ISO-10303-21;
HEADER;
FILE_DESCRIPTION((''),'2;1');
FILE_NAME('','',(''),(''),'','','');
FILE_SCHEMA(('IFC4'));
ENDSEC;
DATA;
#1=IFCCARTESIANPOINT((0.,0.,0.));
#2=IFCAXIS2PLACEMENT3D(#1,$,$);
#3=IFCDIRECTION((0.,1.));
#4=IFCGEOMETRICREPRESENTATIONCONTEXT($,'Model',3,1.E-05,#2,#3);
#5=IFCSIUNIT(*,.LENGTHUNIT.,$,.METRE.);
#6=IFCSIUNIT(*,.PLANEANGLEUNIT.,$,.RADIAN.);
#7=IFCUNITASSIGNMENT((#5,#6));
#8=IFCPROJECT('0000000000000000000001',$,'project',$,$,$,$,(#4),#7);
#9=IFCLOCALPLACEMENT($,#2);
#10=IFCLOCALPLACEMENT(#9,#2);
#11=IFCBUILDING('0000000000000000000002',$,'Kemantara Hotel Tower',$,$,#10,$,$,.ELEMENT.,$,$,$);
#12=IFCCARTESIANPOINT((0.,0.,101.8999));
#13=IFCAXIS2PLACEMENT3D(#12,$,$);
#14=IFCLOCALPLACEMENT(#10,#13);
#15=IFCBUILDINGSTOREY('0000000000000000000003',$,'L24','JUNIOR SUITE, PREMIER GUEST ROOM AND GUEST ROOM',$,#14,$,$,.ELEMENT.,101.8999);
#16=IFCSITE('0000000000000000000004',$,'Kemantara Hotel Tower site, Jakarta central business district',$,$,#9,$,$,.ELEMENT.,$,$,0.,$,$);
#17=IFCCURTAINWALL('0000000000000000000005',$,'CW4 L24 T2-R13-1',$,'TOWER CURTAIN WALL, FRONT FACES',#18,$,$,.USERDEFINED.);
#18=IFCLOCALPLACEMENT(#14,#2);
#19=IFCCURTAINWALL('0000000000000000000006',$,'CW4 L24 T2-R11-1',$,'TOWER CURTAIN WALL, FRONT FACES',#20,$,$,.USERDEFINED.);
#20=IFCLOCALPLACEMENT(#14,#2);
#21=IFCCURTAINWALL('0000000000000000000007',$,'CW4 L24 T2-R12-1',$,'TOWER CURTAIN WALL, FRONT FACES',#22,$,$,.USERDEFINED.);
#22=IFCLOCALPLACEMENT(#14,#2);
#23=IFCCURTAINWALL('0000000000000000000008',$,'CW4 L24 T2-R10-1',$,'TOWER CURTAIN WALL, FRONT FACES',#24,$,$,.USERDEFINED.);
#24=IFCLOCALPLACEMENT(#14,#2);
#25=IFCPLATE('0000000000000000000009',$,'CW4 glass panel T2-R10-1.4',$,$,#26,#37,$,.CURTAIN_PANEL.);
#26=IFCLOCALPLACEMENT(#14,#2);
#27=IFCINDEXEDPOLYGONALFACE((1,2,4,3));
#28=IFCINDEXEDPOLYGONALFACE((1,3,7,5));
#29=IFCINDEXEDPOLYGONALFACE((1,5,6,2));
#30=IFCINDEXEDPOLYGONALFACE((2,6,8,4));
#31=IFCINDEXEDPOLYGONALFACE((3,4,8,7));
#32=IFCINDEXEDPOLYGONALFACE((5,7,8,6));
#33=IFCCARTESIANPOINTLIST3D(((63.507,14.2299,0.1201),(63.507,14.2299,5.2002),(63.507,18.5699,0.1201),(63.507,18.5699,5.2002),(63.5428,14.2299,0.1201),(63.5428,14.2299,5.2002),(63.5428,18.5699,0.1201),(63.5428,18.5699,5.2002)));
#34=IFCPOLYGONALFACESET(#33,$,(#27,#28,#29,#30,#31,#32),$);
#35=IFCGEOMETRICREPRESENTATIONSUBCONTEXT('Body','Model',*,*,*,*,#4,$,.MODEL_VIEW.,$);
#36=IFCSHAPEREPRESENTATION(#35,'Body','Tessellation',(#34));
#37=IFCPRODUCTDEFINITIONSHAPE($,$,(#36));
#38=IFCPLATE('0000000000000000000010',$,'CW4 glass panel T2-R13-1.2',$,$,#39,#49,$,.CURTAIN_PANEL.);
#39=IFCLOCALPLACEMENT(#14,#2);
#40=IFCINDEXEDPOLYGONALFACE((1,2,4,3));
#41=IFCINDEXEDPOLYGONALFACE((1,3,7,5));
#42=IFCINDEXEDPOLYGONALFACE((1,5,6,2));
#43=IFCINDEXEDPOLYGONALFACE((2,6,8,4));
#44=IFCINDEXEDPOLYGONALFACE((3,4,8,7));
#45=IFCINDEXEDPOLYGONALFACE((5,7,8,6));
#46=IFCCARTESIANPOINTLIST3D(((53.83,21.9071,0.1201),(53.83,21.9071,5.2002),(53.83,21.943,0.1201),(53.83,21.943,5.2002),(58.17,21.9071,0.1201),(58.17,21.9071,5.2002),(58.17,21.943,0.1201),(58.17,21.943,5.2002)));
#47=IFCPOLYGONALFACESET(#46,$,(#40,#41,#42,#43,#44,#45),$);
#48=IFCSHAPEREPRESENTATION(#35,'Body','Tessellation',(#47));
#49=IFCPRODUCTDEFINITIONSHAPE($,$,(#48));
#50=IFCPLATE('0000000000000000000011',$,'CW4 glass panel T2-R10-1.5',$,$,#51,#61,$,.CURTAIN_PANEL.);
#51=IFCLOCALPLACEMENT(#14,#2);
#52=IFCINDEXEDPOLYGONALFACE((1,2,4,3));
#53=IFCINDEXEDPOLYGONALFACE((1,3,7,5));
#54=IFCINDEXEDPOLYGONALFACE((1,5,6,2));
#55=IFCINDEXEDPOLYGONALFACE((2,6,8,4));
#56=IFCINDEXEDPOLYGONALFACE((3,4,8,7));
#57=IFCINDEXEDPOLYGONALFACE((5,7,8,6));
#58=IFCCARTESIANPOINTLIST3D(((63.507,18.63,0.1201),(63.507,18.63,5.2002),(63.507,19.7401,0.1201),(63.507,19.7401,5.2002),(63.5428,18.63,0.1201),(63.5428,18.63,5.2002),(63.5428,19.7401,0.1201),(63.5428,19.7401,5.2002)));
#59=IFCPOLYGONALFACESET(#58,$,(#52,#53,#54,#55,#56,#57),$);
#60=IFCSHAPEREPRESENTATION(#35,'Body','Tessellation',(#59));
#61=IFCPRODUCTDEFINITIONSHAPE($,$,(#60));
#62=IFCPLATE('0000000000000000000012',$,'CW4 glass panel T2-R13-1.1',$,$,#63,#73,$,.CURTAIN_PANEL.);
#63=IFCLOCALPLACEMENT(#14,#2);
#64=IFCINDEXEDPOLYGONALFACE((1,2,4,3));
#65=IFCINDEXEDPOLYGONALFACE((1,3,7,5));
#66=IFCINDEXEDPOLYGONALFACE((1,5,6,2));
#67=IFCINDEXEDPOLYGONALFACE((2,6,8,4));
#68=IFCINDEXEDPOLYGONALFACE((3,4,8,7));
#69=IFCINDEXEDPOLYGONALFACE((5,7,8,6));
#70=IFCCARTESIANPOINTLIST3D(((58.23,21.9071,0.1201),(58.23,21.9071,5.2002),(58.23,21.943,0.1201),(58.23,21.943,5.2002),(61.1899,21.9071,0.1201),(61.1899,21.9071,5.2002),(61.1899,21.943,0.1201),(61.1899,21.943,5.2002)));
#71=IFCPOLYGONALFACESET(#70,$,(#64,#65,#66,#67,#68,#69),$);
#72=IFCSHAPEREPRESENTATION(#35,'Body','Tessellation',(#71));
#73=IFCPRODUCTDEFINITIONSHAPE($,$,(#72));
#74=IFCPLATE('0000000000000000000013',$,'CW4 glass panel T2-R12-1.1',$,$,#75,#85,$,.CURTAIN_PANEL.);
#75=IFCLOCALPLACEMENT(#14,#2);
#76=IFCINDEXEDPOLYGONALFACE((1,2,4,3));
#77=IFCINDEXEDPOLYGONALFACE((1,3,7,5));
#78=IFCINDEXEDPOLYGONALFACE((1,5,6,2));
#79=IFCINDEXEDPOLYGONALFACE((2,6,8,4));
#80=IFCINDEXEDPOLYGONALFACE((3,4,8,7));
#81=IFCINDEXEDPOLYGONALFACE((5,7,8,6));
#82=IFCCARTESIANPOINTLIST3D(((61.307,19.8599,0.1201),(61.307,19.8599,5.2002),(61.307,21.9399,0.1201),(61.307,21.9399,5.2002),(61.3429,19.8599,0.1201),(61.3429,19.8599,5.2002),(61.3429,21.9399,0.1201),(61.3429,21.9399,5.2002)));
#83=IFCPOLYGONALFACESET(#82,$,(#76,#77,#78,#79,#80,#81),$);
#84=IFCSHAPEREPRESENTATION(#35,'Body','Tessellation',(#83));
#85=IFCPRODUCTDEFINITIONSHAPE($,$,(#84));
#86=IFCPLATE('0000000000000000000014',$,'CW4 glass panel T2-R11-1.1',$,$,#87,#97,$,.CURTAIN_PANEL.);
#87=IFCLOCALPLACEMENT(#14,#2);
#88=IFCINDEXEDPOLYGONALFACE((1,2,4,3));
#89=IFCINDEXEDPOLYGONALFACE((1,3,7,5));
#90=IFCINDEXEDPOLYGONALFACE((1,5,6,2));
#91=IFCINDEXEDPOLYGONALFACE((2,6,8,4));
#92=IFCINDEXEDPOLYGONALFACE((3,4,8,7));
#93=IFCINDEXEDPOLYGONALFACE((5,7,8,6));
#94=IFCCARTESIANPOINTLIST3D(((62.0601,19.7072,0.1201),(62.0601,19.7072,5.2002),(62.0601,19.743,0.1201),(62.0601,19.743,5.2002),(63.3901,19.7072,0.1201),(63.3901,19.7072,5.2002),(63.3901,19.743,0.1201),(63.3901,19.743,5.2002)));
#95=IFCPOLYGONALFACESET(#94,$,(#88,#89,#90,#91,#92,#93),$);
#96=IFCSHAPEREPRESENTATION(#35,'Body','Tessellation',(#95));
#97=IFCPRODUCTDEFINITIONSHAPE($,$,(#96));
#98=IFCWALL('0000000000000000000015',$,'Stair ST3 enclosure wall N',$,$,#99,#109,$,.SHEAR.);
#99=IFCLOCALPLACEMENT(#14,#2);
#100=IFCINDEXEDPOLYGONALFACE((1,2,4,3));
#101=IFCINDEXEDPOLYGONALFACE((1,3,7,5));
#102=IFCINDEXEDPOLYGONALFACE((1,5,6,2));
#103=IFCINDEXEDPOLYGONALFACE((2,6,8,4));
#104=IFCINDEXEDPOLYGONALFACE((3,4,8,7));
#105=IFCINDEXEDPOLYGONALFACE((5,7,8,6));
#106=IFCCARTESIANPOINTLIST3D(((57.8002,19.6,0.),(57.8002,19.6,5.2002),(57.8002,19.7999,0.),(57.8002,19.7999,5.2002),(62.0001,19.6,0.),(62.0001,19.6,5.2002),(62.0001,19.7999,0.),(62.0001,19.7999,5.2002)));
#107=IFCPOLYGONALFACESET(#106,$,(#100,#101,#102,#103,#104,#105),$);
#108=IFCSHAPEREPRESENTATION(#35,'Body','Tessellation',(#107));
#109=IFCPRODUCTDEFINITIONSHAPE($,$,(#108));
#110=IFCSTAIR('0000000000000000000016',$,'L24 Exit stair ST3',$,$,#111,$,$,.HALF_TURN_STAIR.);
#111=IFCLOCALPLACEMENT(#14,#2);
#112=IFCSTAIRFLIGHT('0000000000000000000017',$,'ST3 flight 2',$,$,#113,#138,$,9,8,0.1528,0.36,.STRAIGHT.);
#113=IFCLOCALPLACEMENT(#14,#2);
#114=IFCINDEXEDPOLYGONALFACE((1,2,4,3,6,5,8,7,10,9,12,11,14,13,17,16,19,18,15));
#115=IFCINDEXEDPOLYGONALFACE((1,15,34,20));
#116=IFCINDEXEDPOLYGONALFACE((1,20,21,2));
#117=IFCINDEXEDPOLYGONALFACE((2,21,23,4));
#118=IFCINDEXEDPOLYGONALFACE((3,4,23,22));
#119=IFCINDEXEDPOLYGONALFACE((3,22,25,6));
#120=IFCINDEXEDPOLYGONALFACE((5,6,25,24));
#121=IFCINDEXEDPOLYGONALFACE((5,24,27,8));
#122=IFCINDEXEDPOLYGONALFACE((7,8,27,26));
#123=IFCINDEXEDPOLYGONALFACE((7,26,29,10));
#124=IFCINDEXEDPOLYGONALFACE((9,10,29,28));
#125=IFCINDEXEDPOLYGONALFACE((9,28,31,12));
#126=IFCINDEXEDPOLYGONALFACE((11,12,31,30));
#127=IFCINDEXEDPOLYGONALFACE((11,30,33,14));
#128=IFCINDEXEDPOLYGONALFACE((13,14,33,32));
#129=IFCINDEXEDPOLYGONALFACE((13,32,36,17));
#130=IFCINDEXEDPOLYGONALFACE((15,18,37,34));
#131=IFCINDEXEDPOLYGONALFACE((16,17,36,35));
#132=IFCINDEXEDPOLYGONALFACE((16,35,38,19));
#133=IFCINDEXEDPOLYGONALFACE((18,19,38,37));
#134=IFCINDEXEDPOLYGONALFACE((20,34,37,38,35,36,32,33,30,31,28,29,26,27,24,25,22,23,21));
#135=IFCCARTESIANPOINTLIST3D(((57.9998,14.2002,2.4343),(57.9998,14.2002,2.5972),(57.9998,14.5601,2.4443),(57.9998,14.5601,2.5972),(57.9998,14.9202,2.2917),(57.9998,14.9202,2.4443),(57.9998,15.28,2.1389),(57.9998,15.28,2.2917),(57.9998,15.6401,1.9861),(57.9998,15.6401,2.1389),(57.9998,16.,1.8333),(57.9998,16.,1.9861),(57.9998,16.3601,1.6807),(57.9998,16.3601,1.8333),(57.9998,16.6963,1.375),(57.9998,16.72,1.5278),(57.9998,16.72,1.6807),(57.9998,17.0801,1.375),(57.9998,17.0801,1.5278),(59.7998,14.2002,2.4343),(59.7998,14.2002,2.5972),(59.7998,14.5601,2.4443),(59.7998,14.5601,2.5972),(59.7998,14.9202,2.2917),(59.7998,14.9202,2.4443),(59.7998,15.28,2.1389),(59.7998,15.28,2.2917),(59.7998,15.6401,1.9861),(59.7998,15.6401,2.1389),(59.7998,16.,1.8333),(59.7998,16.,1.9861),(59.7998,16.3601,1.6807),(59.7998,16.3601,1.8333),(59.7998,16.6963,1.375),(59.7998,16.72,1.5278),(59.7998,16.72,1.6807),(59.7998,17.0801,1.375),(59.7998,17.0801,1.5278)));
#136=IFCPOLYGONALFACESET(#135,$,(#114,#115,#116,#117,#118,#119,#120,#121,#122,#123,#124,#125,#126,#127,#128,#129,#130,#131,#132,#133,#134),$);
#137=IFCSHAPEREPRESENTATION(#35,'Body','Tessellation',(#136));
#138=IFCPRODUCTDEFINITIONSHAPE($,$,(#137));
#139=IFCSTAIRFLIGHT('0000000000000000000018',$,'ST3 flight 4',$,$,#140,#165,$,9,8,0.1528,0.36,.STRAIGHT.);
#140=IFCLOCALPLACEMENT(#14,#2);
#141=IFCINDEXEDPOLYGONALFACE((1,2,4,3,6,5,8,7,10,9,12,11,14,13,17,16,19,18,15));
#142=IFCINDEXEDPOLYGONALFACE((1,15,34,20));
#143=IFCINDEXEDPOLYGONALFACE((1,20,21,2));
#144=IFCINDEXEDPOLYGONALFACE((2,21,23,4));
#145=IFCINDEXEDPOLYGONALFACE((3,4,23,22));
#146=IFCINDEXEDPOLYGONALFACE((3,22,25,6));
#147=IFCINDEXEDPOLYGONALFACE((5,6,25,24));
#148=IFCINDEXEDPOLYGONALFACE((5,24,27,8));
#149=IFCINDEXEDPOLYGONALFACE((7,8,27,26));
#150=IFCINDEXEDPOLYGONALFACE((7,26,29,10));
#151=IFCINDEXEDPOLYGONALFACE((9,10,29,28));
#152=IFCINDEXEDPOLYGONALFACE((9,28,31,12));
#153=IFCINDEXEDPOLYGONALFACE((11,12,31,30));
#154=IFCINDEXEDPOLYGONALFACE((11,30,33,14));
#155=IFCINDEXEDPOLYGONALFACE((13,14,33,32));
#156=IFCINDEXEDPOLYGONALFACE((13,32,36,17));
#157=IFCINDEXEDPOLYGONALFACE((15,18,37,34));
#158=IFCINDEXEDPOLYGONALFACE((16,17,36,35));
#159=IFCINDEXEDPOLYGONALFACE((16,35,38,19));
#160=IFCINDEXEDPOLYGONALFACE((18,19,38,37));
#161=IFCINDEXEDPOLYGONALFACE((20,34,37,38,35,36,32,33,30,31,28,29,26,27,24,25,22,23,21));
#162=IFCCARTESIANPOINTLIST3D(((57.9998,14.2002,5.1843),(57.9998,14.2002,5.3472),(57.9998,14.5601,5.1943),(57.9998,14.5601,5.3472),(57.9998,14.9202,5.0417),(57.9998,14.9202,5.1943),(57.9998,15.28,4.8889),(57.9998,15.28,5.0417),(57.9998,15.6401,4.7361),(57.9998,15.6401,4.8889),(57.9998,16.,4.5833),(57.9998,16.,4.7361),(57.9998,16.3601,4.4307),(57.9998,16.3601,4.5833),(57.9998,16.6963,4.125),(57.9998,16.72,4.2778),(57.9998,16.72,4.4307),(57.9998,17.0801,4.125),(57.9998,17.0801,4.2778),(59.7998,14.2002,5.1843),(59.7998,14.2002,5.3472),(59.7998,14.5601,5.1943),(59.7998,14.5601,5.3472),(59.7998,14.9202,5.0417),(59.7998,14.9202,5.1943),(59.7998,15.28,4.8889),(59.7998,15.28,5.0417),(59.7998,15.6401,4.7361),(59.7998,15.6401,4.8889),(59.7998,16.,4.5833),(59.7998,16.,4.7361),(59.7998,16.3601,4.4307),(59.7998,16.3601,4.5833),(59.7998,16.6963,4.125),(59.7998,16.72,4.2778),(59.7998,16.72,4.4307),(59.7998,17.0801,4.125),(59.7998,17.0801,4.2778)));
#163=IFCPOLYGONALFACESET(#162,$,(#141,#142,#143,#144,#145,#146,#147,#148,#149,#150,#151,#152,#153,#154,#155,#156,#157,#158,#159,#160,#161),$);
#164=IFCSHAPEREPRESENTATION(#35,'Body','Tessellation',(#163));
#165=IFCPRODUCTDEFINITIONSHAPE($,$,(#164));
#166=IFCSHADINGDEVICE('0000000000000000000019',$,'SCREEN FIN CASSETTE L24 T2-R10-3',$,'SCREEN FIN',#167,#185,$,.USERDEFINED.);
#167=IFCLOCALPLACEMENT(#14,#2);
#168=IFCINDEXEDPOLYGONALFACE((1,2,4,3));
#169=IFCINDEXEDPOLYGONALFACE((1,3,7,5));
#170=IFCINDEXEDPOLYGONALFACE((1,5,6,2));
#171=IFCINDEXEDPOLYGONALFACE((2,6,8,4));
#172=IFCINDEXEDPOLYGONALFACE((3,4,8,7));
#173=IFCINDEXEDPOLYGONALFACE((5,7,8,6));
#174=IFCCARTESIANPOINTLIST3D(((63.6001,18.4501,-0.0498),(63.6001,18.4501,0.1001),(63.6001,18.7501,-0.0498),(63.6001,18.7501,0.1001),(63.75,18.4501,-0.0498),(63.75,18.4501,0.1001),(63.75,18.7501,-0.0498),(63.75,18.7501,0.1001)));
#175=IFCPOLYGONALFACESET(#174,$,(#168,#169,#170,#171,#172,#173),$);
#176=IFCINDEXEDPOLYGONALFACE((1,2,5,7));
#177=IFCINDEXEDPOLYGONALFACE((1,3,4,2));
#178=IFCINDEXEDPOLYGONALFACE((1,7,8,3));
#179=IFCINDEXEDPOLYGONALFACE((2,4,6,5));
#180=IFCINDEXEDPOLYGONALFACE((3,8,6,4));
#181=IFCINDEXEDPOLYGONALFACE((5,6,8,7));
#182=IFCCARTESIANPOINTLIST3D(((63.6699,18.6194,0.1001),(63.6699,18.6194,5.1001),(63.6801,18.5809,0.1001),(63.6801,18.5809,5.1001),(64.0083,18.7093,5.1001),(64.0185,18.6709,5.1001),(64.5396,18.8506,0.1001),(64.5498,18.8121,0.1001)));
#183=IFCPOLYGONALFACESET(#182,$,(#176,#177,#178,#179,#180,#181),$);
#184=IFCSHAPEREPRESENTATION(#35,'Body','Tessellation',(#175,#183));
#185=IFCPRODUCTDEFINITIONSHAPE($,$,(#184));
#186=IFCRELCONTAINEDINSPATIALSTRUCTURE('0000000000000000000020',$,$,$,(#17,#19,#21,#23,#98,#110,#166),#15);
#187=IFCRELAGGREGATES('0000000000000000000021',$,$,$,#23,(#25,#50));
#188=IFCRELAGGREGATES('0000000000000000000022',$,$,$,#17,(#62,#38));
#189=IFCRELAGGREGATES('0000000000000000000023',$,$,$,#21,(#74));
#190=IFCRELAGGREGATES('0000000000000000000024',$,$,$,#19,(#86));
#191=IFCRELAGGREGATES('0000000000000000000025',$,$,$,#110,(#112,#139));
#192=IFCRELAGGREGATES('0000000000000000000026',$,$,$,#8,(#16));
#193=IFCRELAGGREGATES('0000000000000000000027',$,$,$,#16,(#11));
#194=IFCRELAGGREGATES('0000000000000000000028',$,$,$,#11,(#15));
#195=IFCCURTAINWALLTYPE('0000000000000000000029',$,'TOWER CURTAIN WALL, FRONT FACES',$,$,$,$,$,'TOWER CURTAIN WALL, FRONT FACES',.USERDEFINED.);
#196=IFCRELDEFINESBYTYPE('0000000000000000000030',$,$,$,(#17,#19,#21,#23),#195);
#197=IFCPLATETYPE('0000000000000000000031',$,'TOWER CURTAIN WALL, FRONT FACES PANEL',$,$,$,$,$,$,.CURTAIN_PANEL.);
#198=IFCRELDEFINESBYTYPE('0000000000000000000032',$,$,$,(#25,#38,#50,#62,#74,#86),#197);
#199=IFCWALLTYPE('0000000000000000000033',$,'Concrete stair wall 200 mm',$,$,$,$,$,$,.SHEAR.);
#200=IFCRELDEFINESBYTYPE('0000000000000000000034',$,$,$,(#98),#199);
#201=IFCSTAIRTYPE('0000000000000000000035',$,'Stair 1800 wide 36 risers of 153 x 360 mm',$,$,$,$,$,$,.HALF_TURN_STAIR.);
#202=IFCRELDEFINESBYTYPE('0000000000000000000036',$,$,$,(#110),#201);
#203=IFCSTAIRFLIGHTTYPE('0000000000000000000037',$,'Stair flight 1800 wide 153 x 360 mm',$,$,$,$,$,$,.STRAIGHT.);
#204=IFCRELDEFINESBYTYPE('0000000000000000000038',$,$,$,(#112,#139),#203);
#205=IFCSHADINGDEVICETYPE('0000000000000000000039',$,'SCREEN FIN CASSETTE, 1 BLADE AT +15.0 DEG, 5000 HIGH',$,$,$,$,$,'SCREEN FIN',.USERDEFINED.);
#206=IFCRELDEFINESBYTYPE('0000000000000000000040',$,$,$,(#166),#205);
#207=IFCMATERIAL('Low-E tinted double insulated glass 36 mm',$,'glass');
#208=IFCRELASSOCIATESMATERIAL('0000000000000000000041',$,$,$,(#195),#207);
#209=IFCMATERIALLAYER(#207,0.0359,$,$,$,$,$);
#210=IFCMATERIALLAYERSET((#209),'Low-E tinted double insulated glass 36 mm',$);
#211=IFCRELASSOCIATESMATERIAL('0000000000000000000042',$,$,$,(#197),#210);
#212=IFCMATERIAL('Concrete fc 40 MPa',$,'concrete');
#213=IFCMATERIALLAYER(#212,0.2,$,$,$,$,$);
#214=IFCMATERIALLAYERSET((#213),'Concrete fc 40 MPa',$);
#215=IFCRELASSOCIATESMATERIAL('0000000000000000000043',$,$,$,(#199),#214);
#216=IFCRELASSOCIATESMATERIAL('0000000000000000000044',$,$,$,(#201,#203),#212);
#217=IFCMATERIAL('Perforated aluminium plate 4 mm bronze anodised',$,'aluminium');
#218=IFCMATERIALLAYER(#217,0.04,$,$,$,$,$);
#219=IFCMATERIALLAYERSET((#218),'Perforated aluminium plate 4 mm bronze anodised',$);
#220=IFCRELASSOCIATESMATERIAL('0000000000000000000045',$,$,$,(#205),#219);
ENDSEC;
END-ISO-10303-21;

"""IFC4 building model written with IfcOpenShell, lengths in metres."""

from ifc_helpers import new_model, si_unit, direction, frame, frame_2d, origin, origin_2d, place, context, subcontext, project, spatial, polyline, rectangle, outline, extrude, source, transform, mapped, material, layer, layer_set, type_object, element, aggregate, save


model = new_model("IFC4")

# Units and contexts
model_context = context("Model", 3, precision=1e-05, world=origin(), true_north=direction((0.0, 1.0)))
body_context = subcontext(model_context, "Body", "Model", "MODEL_VIEW")
ifc_project = project(units=[si_unit("LENGTHUNIT", "METRE"), si_unit("PLANEANGLEUNIT", "RADIAN")], contexts=[model_context])

# Site, building, storey
site_placement = place(None, origin())
site = spatial("IfcSite", under=ifc_project, at=site_placement, Name="Kemantara Hotel Tower site, Jakarta central business district", CompositionType="ELEMENT", RefElevation=0.0)
building_placement = place(site_placement, origin())
building = spatial("IfcBuilding", under=site, at=building_placement, Name="Kemantara Hotel Tower", CompositionType="ELEMENT")
storey_placement = place(building_placement, frame((0.0, 0.0, 101.8999)))
storey = spatial("IfcBuildingStorey", under=building, at=storey_placement, Name="L24", Description="JUNIOR SUITE, PREMIER GUEST ROOM AND GUEST ROOM", CompositionType="ELEMENT", Elevation=101.8999)

# Curtain walls
ifc_material_1 = material(Name="Low-E tinted double insulated glass 36 mm", Category="glass")
curtain_wall_type = type_object("IfcCurtainWallType", Name="TOWER CURTAIN WALL, FRONT FACES", ElementType="TOWER CURTAIN WALL, FRONT FACES", PredefinedType="USERDEFINED", material=ifc_material_1)
curtain_wall_1_placement = place(storey_placement, origin())
curtain_wall_1 = element("IfcCurtainWall", 1, at=curtain_wall_1_placement, inside=storey, type_object=curtain_wall_type, Name="CW4 L24 T2-R13-1", ObjectType="TOWER CURTAIN WALL, FRONT FACES", PredefinedType="USERDEFINED")
curtain_wall_2_placement = place(storey_placement, origin())
curtain_wall_2 = element("IfcCurtainWall", 2, at=curtain_wall_2_placement, inside=storey, type_object=curtain_wall_type, Name="CW4 L24 T2-R11-1", ObjectType="TOWER CURTAIN WALL, FRONT FACES", PredefinedType="USERDEFINED")
curtain_wall_3_placement = place(storey_placement, origin())
curtain_wall_3 = element("IfcCurtainWall", 3, at=curtain_wall_3_placement, inside=storey, type_object=curtain_wall_type, Name="CW4 L24 T2-R12-1", ObjectType="TOWER CURTAIN WALL, FRONT FACES", PredefinedType="USERDEFINED")

# Curtain wall
curtain_wall_4_placement = place(storey_placement, origin())
curtain_wall_4 = element("IfcCurtainWall", 4, at=curtain_wall_4_placement, inside=storey, type_object=curtain_wall_type, Name="CW4 L24 T2-R10-1", ObjectType="TOWER CURTAIN WALL, FRONT FACES", PredefinedType="USERDEFINED")

# Plates
ifc_layer_1 = layer(ifc_material_1, 0.0359)
ifc_layer_set_1 = layer_set([ifc_layer_1], Name="Low-E tinted double insulated glass 36 mm")
plate_type = type_object("IfcPlateType", Name="TOWER CURTAIN WALL, FRONT FACES PANEL", PredefinedType="CURTAIN_PANEL", material=ifc_layer_set_1)
shared_shape_1 = source(origin(), body_context, "Body", "SweptSolid", [
    extrude(rectangle(XDim=4.3401, YDim=0.0359, at=origin_2d()), origin(), (0.0, 0.0, 1.0), 5.0801),
])
plate_1_placement = place(storey_placement, frame((63.5249, 16.3999, 0.1201), z_axis=(0.0, 0.0, 1.0), x_axis=(0.0, 1.0, 0.0)))
plate_1 = element("IfcPlate", 5, at=plate_1_placement, type_object=plate_type, Name="CW4 glass panel T2-R10-1.4", PredefinedType="CURTAIN_PANEL", context=body_context, shape_type="MappedRepresentation", body=[
    mapped(shared_shape_1, transform((0.0, 0.0, 0.0))),
])
plate_2_placement = place(storey_placement, frame((56.0, 21.925, 0.1201), z_axis=(0.0, 0.0, 1.0), x_axis=(-1.0, 0.0, 0.0)))
plate_2 = element("IfcPlate", 6, at=plate_2_placement, type_object=plate_type, Name="CW4 glass panel T2-R13-1.2", PredefinedType="CURTAIN_PANEL", context=body_context, shape_type="MappedRepresentation", body=[
    mapped(shared_shape_1, transform((0.0, 0.0, 0.0))),
])
shared_shape_2 = source(origin(), body_context, "Body", "SweptSolid", [
    extrude(rectangle(XDim=1.1101, YDim=0.0359, at=origin_2d()), origin(), (0.0, 0.0, 1.0), 5.0801),
])
plate_3_placement = place(storey_placement, frame((63.5249, 19.1851, 0.1201), z_axis=(0.0, 0.0, 1.0), x_axis=(0.0, 1.0, 0.0)))
plate_3 = element("IfcPlate", 7, at=plate_3_placement, type_object=plate_type, Name="CW4 glass panel T2-R10-1.5", PredefinedType="CURTAIN_PANEL", context=body_context, shape_type="MappedRepresentation", body=[
    mapped(shared_shape_2, transform((0.0, 0.0, 0.0))),
])
aggregate(curtain_wall_4, [plate_1, plate_3])
shared_shape_3 = source(origin(), body_context, "Body", "SweptSolid", [
    extrude(rectangle(XDim=2.96, YDim=0.0359, at=origin_2d()), origin(), (0.0, 0.0, 1.0), 5.0801),
])
plate_4_placement = place(storey_placement, frame((59.71, 21.925, 0.1201), z_axis=(0.0, 0.0, 1.0), x_axis=(-1.0, 0.0, 0.0)))
plate_4 = element("IfcPlate", 8, at=plate_4_placement, type_object=plate_type, Name="CW4 glass panel T2-R13-1.1", PredefinedType="CURTAIN_PANEL", context=body_context, shape_type="MappedRepresentation", body=[
    mapped(shared_shape_3, transform((0.0, 0.0, 0.0))),
])
aggregate(curtain_wall_1, [plate_4, plate_2])
shared_shape_4 = source(origin(), body_context, "Body", "SweptSolid", [
    extrude(rectangle(XDim=2.0801, YDim=0.0359, at=origin_2d()), origin(), (0.0, 0.0, 1.0), 5.0801),
])
plate_5_placement = place(storey_placement, frame((61.325, 20.8999, 0.1201), z_axis=(0.0, 0.0, 1.0), x_axis=(0.0, 1.0, 0.0)))
plate_5 = element("IfcPlate", 9, at=plate_5_placement, type_object=plate_type, Name="CW4 glass panel T2-R12-1.1", PredefinedType="CURTAIN_PANEL", context=body_context, shape_type="MappedRepresentation", body=[
    mapped(shared_shape_4, transform((0.0, 0.0, 0.0))),
])
aggregate(curtain_wall_3, [plate_5])
shared_shape_5 = source(origin(), body_context, "Body", "SweptSolid", [
    extrude(rectangle(XDim=1.3301, YDim=0.0359, at=origin_2d()), origin(), (0.0, 0.0, 1.0), 5.0801),
])
plate_6_placement = place(storey_placement, frame((62.7251, 19.7251, 0.1201), z_axis=(0.0, 0.0, 1.0), x_axis=(-1.0, 0.0, 0.0)))
plate_6 = element("IfcPlate", 10, at=plate_6_placement, type_object=plate_type, Name="CW4 glass panel T2-R11-1.1", PredefinedType="CURTAIN_PANEL", context=body_context, shape_type="MappedRepresentation", body=[
    mapped(shared_shape_5, transform((0.0, 0.0, 0.0))),
])
aggregate(curtain_wall_2, [plate_6])

# Wall
ifc_material_2 = material(Name="Concrete fc 40 MPa", Category="concrete")
ifc_layer_2 = layer(ifc_material_2, 0.2)
ifc_layer_set_2 = layer_set([ifc_layer_2], Name="Concrete fc 40 MPa")
wall_type = type_object("IfcWallType", Name="Concrete stair wall 200 mm", PredefinedType="SHEAR", material=ifc_layer_set_2)
wall_placement = place(storey_placement, frame((57.8, 19.7, 0.0), z_axis=(0.0, 0.0, 1.0), x_axis=(1.0, 0.0, 0.0)))
element("IfcWall", 11, at=wall_placement, inside=storey, type_object=wall_type, Name="Stair ST3 enclosure wall N", PredefinedType="SHEAR", context=body_context, shape_type="SweptSolid", body=[
    extrude(rectangle(XDim=4.2, YDim=0.2, at=frame_2d((2.1001, 0.0))), origin(), (0.0, 0.0, 1.0), 5.2002),
])

# Stair, stair flights
stair_type = type_object("IfcStairType", Name="Stair 1800 wide 36 risers of 153 x 360 mm", PredefinedType="HALF_TURN_STAIR", material=ifc_material_2)
stair_placement = place(storey_placement, origin())
stair = element("IfcStair", 12, at=stair_placement, inside=storey, type_object=stair_type, Name="L24 Exit stair ST3", PredefinedType="HALF_TURN_STAIR")
stair_flight_type = type_object("IfcStairFlightType", Name="Stair flight 1800 wide 153 x 360 mm", PredefinedType="STRAIGHT", material=ifc_material_2)
stair_flight_1_placement = place(storey_placement, frame((58.8999, 17.0801, 1.375), z_axis=(0.0, 0.0, 1.0), x_axis=(0.0, -1.0, 0.0)))
stair_flight_1 = element("IfcStairFlight", 13, at=stair_flight_1_placement, type_object=stair_flight_type, Name="ST3 flight 2", NumberOfRisers=9, NumberOfTreads=8, PredefinedType="STRAIGHT", RiserHeight=0.1528, TreadLength=0.36, context=body_context, shape_type="SweptSolid", body=[
    extrude(outline(polyline([(0.0, 0.0), (0.0, 0.1528), (0.3601, 0.1528), (0.3601, 0.3057), (0.72, 0.3057), (0.72, 0.4583), (1.0801, 0.4583), (1.0801, 0.6111), (1.4399, 0.6111), (1.4399, 0.7639), (1.8, 0.7639), (1.8, 0.9167), (2.1599, 0.9167), (2.1599, 1.0693), (2.52, 1.0693), (2.52, 1.2222), (2.8799, 1.2222), (2.8799, 1.375), (2.8799, 1.0593), (0.3838, 0.0), (0.0, 0.0)])), frame((0.0, 0.8999, 0.0), z_axis=(0.0, -1.0, 0.0), x_axis=(1.0, 0.0, 0.0)), (0.0, 0.0, 1.0), 1.8),
])
stair_flight_2_placement = place(storey_placement, frame((58.8999, 17.0801, 4.125), z_axis=(0.0, 0.0, 1.0), x_axis=(0.0, -1.0, 0.0)))
stair_flight_2 = element("IfcStairFlight", 14, at=stair_flight_2_placement, type_object=stair_flight_type, Name="ST3 flight 4", NumberOfRisers=9, NumberOfTreads=8, PredefinedType="STRAIGHT", RiserHeight=0.1528, TreadLength=0.36, context=body_context, shape_type="SweptSolid", body=[
    extrude(outline(polyline([(0.0, 0.0), (0.0, 0.1528), (0.3601, 0.1528), (0.3601, 0.3057), (0.72, 0.3057), (0.72, 0.4583), (1.0801, 0.4583), (1.0801, 0.6111), (1.4399, 0.6111), (1.4399, 0.7639), (1.8, 0.7639), (1.8, 0.9167), (2.1599, 0.9167), (2.1599, 1.0693), (2.52, 1.0693), (2.52, 1.2222), (2.8799, 1.2222), (2.8799, 1.375), (2.8799, 1.0593), (0.3838, 0.0), (0.0, 0.0)])), frame((0.0, 0.8999, 0.0), z_axis=(0.0, -1.0, 0.0), x_axis=(1.0, 0.0, 0.0)), (0.0, 0.0, 1.0), 1.8),
])
aggregate(stair, [stair_flight_1, stair_flight_2])

# Shading device
ifc_material_3 = material(Name="Perforated aluminium plate 4 mm bronze anodised", Category="aluminium")
ifc_layer_3 = layer(ifc_material_3, 0.04)
ifc_layer_set_3 = layer_set([ifc_layer_3], Name="Perforated aluminium plate 4 mm bronze anodised")
shading_device_type = type_object("IfcShadingDeviceType", Name="SCREEN FIN CASSETTE, 1 BLADE AT +15.0 DEG, 5000 HIGH", ElementType="SCREEN FIN", PredefinedType="USERDEFINED", material=ifc_layer_set_3)
shared_shape_6 = source(origin(), body_context, "Body", "SweptSolid", [
    extrude(rectangle(XDim=0.3, YDim=0.1499, at=origin_2d()), frame((0.0, -0.075, -0.1499), z_axis=(0.0, 0.0, 1.0), x_axis=(1.0, 0.0, 0.0)), (0.0, 0.0, 1.0), 0.1499),
    extrude(outline(polyline([(0.0, 0.0), (0.8999, 0.0), (0.3501, 5.0), (0.0, 5.0), (0.0, 0.0)])), frame((0.0193, -0.0698, 0.0), z_axis=(-0.966438, -0.256901, 0.0), x_axis=(0.256901, -0.966438, 0.0)), (0.0, 0.0, 1.0), 0.0398),
])
shading_device_placement = place(storey_placement, frame((63.6001, 18.6001, 0.1001), z_axis=(0.0, 0.0, 1.0), x_axis=(0.0, 1.0, 0.0)))
element("IfcShadingDevice", 15, at=shading_device_placement, inside=storey, type_object=shading_device_type, Name="SCREEN FIN CASSETTE L24 T2-R10-3", ObjectType="SCREEN FIN", PredefinedType="USERDEFINED", context=body_context, shape_type="MappedRepresentation", body=[
    mapped(shared_shape_6, transform((0.0, 0.0, 0.0))),
])

save(model, "model.ifc")
